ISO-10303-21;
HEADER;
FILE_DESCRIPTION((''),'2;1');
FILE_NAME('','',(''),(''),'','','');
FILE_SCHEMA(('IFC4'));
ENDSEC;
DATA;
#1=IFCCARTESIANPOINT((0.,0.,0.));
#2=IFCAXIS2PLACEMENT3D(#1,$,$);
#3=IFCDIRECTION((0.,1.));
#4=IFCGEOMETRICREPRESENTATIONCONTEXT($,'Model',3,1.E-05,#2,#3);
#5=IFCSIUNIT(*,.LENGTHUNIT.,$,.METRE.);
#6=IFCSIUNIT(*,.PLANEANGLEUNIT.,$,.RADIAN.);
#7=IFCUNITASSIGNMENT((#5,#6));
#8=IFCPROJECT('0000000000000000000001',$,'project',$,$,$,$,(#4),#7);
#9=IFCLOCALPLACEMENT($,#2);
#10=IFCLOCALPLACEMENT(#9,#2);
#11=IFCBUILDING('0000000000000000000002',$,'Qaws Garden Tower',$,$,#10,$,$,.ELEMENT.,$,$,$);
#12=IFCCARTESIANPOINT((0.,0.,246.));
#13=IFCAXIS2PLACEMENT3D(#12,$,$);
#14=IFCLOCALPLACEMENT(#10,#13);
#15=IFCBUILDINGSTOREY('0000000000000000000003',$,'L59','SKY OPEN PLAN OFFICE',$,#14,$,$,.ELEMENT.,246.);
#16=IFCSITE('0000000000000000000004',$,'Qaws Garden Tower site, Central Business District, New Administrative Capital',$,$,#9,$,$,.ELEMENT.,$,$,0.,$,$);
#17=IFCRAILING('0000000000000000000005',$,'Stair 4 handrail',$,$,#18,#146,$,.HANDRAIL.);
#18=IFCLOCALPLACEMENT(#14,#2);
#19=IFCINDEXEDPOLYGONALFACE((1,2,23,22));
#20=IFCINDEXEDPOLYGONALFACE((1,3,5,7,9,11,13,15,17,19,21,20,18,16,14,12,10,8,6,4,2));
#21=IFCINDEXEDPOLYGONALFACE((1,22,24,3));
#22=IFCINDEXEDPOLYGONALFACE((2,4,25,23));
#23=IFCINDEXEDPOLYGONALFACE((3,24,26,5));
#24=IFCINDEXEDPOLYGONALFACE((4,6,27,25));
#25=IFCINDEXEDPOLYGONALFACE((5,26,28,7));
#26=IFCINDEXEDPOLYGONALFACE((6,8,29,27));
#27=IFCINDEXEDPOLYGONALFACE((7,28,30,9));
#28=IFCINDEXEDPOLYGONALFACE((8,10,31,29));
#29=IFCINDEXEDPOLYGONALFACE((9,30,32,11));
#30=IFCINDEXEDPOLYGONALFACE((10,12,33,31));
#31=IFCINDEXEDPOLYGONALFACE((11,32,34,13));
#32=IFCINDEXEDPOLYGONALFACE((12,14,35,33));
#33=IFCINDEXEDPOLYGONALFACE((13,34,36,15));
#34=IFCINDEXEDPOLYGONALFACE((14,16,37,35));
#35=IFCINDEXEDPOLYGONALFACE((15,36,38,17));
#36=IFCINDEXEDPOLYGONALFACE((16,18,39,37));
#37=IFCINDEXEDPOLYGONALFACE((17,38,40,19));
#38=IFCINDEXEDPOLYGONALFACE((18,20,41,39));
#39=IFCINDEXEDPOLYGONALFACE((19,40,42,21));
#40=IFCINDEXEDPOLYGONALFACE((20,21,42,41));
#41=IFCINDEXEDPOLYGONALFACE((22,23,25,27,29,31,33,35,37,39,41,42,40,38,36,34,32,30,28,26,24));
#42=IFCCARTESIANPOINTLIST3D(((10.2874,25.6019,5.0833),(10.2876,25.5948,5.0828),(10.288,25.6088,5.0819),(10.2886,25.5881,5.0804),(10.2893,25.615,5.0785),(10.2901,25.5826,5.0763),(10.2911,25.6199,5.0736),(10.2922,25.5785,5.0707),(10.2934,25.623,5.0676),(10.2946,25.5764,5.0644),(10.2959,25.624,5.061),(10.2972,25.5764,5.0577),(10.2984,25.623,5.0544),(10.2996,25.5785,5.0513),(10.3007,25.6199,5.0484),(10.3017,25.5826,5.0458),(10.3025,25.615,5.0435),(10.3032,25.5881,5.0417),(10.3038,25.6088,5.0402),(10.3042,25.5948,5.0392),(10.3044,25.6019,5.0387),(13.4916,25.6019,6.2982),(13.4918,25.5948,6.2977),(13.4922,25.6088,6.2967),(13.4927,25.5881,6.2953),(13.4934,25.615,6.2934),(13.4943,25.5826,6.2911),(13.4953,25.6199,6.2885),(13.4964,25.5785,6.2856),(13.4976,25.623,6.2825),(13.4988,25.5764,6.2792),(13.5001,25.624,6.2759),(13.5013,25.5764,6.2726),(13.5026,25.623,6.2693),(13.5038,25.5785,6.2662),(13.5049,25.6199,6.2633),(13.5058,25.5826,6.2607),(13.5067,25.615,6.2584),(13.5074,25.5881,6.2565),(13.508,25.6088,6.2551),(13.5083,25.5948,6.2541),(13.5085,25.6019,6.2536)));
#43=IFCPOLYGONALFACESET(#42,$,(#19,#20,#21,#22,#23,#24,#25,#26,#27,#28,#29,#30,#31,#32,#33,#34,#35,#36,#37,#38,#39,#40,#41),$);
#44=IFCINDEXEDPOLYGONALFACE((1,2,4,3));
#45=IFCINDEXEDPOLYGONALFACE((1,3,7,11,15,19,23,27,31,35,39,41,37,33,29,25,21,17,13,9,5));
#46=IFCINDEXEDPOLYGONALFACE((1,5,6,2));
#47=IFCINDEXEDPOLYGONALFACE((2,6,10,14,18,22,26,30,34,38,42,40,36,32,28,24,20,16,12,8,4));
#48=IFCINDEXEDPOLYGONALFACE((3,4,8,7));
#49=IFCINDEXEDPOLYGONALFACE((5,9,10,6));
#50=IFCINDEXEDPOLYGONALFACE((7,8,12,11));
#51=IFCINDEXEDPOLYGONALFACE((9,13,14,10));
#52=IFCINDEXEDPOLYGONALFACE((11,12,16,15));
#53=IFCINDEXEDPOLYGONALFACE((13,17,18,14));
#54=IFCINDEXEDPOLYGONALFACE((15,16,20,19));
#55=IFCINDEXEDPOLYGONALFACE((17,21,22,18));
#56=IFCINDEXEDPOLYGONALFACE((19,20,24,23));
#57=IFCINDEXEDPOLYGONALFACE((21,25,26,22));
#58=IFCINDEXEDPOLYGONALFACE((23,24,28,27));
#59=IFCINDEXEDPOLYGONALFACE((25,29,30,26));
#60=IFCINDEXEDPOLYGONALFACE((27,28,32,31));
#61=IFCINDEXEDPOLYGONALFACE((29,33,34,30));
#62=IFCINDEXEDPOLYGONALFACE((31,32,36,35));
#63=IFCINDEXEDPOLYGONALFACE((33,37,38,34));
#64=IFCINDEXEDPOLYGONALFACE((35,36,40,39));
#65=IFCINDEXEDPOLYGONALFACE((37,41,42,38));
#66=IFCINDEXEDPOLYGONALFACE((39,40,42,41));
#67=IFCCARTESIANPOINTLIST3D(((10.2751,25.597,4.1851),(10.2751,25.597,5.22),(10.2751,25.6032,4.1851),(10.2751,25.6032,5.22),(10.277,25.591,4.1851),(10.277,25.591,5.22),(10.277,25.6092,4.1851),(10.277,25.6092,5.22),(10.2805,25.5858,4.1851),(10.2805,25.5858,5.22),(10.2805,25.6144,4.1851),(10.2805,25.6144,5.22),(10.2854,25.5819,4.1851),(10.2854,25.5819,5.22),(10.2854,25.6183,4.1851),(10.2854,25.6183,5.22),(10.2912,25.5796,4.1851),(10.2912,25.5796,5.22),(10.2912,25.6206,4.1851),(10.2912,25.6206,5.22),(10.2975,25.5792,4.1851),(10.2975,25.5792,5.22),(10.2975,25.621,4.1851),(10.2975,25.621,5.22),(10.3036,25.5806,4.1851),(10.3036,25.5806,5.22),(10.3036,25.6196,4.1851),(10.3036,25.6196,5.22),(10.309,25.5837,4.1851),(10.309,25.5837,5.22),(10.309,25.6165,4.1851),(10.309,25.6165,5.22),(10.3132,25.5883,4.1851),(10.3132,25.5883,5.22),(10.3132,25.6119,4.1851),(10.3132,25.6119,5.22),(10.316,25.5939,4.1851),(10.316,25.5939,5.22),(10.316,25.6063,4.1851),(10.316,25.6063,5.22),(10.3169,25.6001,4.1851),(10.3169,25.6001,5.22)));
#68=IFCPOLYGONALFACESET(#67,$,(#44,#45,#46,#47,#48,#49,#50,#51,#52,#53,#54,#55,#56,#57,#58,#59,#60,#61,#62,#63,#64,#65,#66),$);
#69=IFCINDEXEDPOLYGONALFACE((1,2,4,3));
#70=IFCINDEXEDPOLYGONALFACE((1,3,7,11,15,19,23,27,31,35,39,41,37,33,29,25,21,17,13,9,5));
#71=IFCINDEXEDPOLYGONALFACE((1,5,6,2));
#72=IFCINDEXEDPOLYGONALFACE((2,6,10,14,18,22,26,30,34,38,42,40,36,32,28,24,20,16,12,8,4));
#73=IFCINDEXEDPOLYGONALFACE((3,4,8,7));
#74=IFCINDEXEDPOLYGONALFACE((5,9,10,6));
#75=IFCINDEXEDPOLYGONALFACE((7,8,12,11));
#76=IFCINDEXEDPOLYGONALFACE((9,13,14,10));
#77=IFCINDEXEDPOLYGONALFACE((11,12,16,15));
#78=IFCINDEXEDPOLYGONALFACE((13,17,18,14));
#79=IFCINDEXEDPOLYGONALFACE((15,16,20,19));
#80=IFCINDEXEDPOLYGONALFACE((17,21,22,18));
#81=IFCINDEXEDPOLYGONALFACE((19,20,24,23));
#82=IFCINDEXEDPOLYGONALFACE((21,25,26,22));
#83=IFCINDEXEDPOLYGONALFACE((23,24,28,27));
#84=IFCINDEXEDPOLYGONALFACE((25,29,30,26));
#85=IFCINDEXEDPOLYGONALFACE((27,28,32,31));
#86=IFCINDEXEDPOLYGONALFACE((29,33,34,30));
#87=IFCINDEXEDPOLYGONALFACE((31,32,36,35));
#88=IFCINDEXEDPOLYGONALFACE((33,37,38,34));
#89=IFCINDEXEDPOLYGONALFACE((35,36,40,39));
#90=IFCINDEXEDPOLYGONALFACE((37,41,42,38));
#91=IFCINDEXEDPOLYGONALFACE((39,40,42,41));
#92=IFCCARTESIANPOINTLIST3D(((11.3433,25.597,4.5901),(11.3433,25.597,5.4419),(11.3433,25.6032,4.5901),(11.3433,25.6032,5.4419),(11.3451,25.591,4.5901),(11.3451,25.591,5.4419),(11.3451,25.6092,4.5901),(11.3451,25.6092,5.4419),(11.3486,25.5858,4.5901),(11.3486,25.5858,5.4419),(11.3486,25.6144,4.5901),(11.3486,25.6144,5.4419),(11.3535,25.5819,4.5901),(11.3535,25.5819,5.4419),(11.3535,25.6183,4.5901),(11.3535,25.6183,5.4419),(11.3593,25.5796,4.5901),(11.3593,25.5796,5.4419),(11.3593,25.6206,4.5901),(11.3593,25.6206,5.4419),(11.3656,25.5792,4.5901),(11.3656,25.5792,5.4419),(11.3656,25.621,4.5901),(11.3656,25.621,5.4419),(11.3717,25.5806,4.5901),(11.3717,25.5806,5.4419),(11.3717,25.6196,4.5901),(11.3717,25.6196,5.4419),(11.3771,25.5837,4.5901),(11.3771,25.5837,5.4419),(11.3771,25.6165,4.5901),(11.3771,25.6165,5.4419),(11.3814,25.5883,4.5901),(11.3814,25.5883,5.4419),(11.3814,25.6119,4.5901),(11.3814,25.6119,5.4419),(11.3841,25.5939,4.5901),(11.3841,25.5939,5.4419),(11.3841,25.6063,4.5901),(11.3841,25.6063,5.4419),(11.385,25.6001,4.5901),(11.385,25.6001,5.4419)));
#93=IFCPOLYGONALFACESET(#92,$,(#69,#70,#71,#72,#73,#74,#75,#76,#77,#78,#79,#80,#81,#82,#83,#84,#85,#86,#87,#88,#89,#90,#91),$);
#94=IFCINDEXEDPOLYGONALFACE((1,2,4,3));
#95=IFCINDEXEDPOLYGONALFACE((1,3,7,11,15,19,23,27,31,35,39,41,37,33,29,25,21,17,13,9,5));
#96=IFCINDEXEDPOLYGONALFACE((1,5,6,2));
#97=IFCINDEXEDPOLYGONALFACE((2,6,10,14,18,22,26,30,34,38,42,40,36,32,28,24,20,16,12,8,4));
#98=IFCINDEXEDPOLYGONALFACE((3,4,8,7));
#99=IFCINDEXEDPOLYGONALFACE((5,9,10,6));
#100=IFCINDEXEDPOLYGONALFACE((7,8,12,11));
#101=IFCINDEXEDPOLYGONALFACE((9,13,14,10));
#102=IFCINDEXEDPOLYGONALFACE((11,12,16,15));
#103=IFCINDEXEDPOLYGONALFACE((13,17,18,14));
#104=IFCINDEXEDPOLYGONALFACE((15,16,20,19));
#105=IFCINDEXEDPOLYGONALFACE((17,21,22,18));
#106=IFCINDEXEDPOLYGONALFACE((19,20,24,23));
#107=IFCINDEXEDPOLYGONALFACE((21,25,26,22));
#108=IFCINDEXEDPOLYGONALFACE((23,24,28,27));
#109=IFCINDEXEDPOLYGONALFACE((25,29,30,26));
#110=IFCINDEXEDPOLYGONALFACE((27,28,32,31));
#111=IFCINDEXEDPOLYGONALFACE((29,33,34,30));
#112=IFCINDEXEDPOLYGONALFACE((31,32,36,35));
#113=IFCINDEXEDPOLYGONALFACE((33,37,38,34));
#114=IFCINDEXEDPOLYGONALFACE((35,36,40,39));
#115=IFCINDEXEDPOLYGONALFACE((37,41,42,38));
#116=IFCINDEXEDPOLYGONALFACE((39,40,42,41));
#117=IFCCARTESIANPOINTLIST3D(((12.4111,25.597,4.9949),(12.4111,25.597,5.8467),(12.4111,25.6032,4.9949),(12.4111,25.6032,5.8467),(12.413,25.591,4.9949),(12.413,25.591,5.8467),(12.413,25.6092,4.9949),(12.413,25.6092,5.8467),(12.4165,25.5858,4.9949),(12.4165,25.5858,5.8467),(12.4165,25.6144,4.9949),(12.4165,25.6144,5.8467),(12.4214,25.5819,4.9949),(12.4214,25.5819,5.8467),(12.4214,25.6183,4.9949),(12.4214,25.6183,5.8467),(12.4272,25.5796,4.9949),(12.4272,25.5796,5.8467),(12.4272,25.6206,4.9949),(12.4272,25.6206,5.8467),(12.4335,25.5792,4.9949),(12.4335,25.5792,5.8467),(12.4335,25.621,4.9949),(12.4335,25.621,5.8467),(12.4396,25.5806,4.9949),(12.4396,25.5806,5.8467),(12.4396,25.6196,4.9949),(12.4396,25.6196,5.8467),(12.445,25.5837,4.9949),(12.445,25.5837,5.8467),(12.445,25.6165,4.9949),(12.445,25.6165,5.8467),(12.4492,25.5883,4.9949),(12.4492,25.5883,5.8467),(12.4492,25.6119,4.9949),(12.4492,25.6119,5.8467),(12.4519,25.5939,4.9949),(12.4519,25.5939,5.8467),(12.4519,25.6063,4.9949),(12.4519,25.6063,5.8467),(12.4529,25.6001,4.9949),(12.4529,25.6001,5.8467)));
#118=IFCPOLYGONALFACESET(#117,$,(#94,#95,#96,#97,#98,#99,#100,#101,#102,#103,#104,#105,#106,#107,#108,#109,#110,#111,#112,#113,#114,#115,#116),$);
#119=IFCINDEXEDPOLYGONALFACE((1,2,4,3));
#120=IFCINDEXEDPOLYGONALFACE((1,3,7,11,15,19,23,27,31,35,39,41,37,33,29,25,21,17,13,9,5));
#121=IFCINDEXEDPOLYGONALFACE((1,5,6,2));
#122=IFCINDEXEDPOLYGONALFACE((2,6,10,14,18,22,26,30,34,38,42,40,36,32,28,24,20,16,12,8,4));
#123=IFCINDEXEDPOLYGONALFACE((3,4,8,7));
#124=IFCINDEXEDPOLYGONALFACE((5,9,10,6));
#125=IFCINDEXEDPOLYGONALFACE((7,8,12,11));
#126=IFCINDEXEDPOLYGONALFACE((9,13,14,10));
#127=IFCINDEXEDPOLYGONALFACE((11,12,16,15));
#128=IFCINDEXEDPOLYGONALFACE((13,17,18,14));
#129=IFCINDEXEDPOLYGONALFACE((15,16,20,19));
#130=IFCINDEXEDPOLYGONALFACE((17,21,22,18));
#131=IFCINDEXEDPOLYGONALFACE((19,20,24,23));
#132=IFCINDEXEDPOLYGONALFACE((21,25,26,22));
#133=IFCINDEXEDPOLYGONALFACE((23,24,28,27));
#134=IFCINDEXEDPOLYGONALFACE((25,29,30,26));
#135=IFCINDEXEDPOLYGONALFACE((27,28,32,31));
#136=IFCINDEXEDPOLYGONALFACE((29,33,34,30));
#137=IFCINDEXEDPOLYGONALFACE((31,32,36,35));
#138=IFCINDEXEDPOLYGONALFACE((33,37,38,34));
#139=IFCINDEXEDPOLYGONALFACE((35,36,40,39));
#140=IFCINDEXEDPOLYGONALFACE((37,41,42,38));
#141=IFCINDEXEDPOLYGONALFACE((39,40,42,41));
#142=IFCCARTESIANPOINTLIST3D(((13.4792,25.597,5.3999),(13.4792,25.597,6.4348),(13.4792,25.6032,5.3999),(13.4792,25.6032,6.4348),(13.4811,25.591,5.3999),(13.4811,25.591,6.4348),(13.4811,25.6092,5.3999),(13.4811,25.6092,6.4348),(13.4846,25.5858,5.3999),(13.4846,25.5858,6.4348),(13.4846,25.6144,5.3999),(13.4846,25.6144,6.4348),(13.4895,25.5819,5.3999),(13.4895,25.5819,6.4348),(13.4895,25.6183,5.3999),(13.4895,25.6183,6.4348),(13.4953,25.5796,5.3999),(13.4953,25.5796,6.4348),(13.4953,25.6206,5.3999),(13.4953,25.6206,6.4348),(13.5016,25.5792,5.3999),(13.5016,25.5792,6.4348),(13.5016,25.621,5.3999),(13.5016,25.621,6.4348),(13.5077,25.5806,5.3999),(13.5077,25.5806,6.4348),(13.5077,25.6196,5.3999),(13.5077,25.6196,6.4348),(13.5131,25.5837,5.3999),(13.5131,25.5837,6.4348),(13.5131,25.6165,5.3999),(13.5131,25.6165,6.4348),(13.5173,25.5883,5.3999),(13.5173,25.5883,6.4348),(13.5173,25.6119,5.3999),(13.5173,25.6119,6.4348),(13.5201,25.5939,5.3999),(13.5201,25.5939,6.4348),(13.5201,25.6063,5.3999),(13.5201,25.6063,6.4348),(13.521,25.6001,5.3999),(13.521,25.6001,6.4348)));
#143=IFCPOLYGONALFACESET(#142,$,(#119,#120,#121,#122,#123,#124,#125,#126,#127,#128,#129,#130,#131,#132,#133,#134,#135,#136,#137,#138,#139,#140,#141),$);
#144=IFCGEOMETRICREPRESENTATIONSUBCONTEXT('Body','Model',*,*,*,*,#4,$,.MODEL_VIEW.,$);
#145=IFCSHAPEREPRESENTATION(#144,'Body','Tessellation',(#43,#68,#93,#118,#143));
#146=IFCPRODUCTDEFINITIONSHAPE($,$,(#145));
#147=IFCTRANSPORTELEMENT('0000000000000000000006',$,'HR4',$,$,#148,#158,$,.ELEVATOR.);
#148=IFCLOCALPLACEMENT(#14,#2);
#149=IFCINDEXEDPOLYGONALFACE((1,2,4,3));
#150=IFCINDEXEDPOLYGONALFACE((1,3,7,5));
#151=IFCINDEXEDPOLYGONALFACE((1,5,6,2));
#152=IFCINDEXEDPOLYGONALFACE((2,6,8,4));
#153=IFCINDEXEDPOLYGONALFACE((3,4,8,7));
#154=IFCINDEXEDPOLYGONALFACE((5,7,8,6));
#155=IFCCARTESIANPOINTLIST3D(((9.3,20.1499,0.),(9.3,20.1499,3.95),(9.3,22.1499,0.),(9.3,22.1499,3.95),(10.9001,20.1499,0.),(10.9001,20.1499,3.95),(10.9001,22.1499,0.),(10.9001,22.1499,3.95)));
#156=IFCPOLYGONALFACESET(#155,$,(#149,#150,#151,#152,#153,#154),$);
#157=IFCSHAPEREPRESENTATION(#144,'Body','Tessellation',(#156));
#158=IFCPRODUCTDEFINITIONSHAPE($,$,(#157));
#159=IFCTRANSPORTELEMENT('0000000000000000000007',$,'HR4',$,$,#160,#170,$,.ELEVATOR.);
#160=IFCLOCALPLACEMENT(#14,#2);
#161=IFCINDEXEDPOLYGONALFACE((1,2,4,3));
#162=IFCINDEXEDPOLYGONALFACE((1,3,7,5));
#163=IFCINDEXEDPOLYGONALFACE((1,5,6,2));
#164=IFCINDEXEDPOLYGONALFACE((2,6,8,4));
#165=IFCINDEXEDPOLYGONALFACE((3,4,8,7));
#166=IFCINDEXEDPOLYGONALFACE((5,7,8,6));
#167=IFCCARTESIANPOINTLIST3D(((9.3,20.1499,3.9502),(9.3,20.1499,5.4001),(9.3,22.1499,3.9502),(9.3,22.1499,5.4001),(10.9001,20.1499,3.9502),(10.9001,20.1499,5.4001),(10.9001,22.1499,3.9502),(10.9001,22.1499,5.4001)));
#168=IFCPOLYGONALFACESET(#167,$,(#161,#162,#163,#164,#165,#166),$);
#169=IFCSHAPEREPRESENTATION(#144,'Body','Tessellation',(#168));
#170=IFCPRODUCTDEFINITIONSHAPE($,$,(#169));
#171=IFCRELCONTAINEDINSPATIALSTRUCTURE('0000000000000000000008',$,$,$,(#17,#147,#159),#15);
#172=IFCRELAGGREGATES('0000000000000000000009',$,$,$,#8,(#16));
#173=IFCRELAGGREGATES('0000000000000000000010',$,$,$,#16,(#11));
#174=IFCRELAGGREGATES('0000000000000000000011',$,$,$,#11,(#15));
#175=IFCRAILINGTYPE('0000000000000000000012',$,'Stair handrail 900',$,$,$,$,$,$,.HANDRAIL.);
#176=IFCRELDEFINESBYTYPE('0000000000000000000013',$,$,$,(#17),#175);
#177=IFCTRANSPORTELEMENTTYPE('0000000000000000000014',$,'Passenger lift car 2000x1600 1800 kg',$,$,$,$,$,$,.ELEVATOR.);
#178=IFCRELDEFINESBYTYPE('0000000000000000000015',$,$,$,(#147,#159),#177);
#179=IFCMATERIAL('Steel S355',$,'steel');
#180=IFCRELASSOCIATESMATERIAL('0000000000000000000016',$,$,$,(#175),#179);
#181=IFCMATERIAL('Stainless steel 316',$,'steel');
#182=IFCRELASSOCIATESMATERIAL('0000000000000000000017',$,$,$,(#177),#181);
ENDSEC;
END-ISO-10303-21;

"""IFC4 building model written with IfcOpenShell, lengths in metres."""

from ifc_helpers import new_model, si_unit, direction, frame, origin, origin_2d, place, context, subcontext, project, spatial, rectangle, circle, extrude, material, type_object, element, save


model = new_model("IFC4")

# Units and contexts
model_context = context("Model", 3, precision=1e-05, world=origin(), true_north=direction((0.0, 1.0)))
body_context = subcontext(model_context, "Body", "Model", "MODEL_VIEW")
ifc_project = project(units=[si_unit("LENGTHUNIT", "METRE"), si_unit("PLANEANGLEUNIT", "RADIAN")], contexts=[model_context])

# Site, building, storey
site_placement = place(None, origin())
site = spatial("IfcSite", under=ifc_project, at=site_placement, Name="Qaws Garden Tower site, Central Business District, New Administrative Capital", CompositionType="ELEMENT", RefElevation=0.0)
building_placement = place(site_placement, origin())
building = spatial("IfcBuilding", under=site, at=building_placement, Name="Qaws Garden Tower", CompositionType="ELEMENT")
storey_placement = place(building_placement, frame((0.0, 0.0, 246.0)))
storey = spatial("IfcBuildingStorey", under=building, at=storey_placement, Name="L59", Description="SKY OPEN PLAN OFFICE", CompositionType="ELEMENT", Elevation=246.0)

# Railing
ifc_material_1 = material(Name="Steel S355", Category="steel")
railing_type = type_object("IfcRailingType", Name="Stair handrail 900", PredefinedType="HANDRAIL", material=ifc_material_1)
for number, where, name in (
    (1, (10.2959, 25.6001, 4.1851), "Stair 4 handrail"),
):
    element("IfcRailing", number, at=place(storey_placement, frame(where)), inside=storey, type_object=railing_type, Name=name, PredefinedType="HANDRAIL", context=body_context, shape_type="SweptSolid", body=[
        extrude(circle(Radius=0.0239, at=origin_2d()), frame((0.0, 0.0, 0.876), z_axis=(0.935046, 0.0, 0.354525), x_axis=(0.0, 1.0, 0.0)), (0.0, 0.0, 1.0), 3.4268),
        extrude(circle(Radius=0.021, at=origin_2d()), origin(), (0.0, 0.0, 1.0), 1.0349),
        extrude(circle(Radius=0.021, at=origin_2d()), frame((1.0681, 0.0, 0.405)), (0.0, 0.0, 1.0), 0.8518),
        extrude(circle(Radius=0.021, at=origin_2d()), frame((2.136, 0.0, 0.8098)), (0.0, 0.0, 1.0), 0.8518),
        extrude(circle(Radius=0.021, at=origin_2d()), frame((3.2041, 0.0, 1.2148)), (0.0, 0.0, 1.0), 1.0349),
    ])

# Transport elements
ifc_material_2 = material(Name="Stainless steel 316", Category="steel")
transport_element_type = type_object("IfcTransportElementType", Name="Passenger lift car 2000x1600 1800 kg", PredefinedType="ELEVATOR", material=ifc_material_2)
transport_element_1_placement = place(storey_placement, frame((10.1001, 21.1499, 0.0), z_axis=(0.0, 0.0, 1.0), x_axis=(1.0, 0.0, 0.0)))
element("IfcTransportElement", 2, at=transport_element_1_placement, inside=storey, type_object=transport_element_type, Name="HR4", PredefinedType="ELEVATOR", context=body_context, shape_type="SweptSolid", body=[
    extrude(rectangle(XDim=1.6001, YDim=2.0, at=origin_2d()), origin(), (0.0, 0.0, 1.0), 3.95),
])
transport_element_2_placement = place(storey_placement, frame((10.1001, 21.1499, 3.9502), z_axis=(0.0, 0.0, 1.0), x_axis=(1.0, 0.0, 0.0)))
element("IfcTransportElement", 3, at=transport_element_2_placement, inside=storey, type_object=transport_element_type, Name="HR4", PredefinedType="ELEVATOR", context=body_context, shape_type="SweptSolid", body=[
    extrude(rectangle(XDim=1.6001, YDim=2.0, at=origin_2d()), origin(), (0.0, 0.0, 1.0), 1.45),
])

save(model, "model.ifc")
